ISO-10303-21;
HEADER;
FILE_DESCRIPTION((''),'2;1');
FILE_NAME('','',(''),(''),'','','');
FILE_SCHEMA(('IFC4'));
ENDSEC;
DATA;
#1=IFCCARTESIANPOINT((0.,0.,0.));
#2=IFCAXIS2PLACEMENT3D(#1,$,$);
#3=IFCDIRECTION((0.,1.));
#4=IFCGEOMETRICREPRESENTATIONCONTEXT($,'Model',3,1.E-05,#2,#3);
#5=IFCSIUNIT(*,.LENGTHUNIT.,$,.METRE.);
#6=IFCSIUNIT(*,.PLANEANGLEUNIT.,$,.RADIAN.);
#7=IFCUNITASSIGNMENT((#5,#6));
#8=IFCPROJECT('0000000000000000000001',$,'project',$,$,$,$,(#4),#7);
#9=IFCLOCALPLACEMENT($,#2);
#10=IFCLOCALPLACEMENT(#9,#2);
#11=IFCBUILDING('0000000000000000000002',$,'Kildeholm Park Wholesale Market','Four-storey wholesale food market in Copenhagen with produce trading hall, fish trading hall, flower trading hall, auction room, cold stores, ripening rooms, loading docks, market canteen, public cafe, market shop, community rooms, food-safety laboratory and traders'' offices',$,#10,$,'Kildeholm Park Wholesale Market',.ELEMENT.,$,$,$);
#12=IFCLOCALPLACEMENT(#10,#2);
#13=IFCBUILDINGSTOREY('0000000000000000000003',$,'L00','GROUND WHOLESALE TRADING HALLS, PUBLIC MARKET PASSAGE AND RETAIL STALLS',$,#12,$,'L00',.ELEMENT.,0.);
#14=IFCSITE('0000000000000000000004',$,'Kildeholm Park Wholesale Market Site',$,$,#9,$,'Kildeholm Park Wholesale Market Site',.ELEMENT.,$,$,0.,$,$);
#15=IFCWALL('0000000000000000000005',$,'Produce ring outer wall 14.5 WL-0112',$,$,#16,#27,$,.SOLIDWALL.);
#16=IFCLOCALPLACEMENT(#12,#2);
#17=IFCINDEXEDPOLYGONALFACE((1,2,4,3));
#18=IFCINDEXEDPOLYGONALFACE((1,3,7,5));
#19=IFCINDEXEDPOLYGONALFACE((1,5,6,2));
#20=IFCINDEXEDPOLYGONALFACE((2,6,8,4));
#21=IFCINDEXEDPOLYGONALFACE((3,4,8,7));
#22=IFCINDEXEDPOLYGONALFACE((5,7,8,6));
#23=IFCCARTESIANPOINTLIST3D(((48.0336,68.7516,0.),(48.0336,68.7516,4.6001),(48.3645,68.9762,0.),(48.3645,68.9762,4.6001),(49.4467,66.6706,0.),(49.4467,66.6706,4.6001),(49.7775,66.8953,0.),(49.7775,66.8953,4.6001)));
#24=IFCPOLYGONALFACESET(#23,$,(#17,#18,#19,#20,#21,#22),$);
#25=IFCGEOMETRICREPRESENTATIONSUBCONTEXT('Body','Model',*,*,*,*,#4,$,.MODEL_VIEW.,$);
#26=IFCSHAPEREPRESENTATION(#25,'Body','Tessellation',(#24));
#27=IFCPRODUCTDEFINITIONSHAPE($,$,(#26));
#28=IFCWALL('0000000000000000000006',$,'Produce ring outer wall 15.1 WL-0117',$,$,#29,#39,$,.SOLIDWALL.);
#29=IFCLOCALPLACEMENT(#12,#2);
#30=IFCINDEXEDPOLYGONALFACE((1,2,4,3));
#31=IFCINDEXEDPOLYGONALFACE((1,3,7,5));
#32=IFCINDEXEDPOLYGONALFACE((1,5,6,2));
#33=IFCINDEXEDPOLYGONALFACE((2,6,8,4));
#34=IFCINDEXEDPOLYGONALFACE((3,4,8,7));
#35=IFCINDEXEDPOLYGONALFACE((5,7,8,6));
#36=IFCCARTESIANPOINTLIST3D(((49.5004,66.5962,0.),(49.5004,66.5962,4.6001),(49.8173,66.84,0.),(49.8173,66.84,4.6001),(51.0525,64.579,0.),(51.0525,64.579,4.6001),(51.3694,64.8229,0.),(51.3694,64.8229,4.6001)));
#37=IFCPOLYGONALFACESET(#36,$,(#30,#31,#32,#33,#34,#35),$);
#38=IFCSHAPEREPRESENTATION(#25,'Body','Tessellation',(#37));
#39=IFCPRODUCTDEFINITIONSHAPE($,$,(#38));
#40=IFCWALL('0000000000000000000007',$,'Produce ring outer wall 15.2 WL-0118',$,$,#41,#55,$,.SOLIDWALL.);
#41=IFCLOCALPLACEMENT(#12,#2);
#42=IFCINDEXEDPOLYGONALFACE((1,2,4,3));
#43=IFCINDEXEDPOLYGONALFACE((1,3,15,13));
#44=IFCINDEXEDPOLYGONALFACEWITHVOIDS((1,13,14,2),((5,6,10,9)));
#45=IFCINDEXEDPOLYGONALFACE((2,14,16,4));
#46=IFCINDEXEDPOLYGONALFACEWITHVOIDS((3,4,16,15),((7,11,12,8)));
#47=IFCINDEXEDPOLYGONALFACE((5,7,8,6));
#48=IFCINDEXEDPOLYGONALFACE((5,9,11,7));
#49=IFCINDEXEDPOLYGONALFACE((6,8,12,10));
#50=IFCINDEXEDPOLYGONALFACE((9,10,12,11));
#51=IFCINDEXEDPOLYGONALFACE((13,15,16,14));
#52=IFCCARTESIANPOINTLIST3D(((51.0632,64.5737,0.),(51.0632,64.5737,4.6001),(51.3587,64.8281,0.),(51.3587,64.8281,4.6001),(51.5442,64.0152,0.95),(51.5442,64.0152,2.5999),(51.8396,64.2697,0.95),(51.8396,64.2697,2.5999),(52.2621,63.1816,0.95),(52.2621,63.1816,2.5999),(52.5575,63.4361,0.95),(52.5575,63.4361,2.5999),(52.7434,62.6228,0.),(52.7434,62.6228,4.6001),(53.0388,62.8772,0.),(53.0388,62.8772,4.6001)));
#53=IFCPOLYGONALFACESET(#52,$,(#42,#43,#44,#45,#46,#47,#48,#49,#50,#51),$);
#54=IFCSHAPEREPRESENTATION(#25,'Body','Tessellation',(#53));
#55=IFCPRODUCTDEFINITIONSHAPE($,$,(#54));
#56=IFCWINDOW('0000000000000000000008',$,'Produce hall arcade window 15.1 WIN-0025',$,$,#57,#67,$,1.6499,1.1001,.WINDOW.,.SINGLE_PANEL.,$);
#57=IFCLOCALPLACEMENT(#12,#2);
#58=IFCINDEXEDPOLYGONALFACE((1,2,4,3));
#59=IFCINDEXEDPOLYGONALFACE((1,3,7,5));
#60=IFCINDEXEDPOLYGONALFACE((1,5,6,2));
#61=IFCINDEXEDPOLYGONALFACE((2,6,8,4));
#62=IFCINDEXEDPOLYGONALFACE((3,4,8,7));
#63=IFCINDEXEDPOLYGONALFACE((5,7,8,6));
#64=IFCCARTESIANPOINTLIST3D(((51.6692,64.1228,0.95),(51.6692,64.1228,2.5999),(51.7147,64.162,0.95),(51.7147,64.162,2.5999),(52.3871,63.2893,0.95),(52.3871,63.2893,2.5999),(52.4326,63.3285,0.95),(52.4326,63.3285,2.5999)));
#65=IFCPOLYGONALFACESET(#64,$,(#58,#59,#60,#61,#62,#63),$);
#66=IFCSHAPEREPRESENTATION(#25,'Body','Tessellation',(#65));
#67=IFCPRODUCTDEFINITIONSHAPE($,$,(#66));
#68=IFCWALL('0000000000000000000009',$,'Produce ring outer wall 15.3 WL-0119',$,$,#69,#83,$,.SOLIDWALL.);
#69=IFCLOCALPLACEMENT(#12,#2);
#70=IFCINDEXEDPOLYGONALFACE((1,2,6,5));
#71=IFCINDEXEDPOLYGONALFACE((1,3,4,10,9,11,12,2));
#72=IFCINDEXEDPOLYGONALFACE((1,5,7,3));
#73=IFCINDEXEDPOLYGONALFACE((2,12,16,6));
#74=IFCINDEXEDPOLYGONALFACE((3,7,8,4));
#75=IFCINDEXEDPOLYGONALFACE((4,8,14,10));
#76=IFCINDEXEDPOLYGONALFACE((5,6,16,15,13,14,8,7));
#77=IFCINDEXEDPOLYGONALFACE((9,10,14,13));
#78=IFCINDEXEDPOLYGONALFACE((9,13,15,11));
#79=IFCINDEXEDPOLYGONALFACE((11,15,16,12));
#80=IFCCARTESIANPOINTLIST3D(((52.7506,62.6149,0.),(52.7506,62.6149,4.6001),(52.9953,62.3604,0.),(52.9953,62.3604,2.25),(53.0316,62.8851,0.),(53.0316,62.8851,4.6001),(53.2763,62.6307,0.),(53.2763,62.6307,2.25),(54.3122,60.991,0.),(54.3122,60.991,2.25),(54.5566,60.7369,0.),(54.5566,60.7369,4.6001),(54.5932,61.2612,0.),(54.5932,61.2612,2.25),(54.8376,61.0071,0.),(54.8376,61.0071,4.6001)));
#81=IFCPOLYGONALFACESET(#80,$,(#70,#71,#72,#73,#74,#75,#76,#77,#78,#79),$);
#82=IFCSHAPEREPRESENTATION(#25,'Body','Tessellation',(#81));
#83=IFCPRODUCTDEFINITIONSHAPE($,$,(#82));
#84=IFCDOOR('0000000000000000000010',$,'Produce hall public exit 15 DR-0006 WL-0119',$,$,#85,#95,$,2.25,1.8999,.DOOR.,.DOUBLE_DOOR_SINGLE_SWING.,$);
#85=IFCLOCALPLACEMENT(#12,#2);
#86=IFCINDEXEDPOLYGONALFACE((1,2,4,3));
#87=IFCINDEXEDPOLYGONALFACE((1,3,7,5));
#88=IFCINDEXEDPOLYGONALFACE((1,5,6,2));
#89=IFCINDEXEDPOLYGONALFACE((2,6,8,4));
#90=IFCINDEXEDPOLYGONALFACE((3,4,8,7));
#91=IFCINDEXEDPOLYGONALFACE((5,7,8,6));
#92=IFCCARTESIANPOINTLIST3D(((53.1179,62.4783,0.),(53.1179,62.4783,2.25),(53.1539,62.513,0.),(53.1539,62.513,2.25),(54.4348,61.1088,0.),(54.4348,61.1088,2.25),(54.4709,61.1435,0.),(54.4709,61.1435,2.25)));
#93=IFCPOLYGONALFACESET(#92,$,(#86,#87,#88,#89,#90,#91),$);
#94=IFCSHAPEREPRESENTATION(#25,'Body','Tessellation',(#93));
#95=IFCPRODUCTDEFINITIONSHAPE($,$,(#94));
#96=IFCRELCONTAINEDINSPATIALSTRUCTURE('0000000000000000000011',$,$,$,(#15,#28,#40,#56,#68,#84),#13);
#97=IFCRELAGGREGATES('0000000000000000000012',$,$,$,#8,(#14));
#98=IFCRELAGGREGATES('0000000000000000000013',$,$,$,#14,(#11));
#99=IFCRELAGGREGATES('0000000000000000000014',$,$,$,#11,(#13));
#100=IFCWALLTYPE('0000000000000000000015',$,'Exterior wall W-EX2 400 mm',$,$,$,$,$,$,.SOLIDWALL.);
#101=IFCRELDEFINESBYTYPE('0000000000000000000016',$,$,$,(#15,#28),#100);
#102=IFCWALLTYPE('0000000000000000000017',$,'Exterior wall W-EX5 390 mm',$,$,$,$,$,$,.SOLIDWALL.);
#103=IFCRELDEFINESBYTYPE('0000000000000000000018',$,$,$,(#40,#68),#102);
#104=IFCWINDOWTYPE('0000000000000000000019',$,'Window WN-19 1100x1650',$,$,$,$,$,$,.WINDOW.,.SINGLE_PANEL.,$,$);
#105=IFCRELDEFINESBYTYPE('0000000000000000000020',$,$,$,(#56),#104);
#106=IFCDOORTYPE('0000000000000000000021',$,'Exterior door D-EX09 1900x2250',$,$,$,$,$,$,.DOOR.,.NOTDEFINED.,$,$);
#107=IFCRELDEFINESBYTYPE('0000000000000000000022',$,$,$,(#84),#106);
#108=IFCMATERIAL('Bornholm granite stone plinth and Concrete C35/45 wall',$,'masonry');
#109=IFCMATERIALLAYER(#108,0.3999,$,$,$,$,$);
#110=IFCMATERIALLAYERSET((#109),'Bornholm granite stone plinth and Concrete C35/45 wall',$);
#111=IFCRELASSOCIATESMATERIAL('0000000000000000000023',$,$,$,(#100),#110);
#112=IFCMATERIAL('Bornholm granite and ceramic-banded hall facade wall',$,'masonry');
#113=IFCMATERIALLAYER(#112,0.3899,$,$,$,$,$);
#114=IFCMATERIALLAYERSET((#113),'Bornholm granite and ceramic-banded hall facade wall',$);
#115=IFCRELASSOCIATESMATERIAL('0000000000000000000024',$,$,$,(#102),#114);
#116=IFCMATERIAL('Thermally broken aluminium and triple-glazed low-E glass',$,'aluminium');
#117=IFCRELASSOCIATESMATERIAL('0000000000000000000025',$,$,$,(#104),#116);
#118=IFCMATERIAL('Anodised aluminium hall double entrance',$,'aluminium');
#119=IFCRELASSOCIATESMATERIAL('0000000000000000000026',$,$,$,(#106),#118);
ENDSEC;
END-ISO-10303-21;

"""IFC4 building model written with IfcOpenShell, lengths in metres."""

from ifc_helpers import new_model, si_unit, direction, frame, frame_2d, origin, place, context, subcontext, project, spatial, rectangle, extrude, material, layer, layer_set, type_object, element, fill, save


model = new_model("IFC4")

# Units and contexts
model_context = context("Model", 3, precision=1e-05, world=origin(), true_north=direction((0.0, 1.0)))
body_context = subcontext(model_context, "Body", "Model", "MODEL_VIEW")
ifc_project = project(units=[si_unit("LENGTHUNIT", "METRE"), si_unit("PLANEANGLEUNIT", "RADIAN")], contexts=[model_context])

# Site, building, storey
site_placement = place(None, origin())
site = spatial("IfcSite", under=ifc_project, at=site_placement, Name="Kildeholm Park Wholesale Market Site", LongName="Kildeholm Park Wholesale Market Site", CompositionType="ELEMENT", RefElevation=0.0)
building_placement = place(site_placement, origin())
building = spatial("IfcBuilding", under=site, at=building_placement, Name="Kildeholm Park Wholesale Market", Description="Four-storey wholesale food market in Copenhagen with produce trading hall, fish trading hall, flower trading hall, auction room, cold stores, ripening rooms, loading docks, market canteen, public cafe, market shop, community rooms, food-safety laboratory and traders' offices", LongName="Kildeholm Park Wholesale Market", CompositionType="ELEMENT")
storey_placement = place(building_placement, origin())
storey = spatial("IfcBuildingStorey", under=building, at=storey_placement, Name="L00", Description="GROUND WHOLESALE TRADING HALLS, PUBLIC MARKET PASSAGE AND RETAIL STALLS", LongName="L00", CompositionType="ELEMENT", Elevation=0.0)

# Shared definitions
ifc_material_1 = material(Name="Thermally broken aluminium and triple-glazed low-E glass", Category="aluminium")

# Walls
ifc_material_2 = material(Name="Bornholm granite stone plinth and Concrete C35/45 wall", Category="masonry")
ifc_layer_1 = layer(ifc_material_2, 0.3999)
ifc_layer_set_1 = layer_set([ifc_layer_1], Name="Bornholm granite stone plinth and Concrete C35/45 wall")
wall_type_1 = type_object("IfcWallType", Name="Exterior wall W-EX2 400 mm", PredefinedType="SOLIDWALL", material=ifc_layer_set_1)
wall_1_placement = place(storey_placement, frame((48.199, 68.864, 0.0), z_axis=(0.0, 0.0, 1.0), x_axis=(0.561758, -0.827302, 0.0)))
element("IfcWall", 1, at=wall_1_placement, inside=storey, type_object=wall_type_1, Name="Produce ring outer wall 14.5 WL-0112", PredefinedType="SOLIDWALL", context=body_context, shape_type="SweptSolid", body=[
    extrude(rectangle(XDim=2.5154, YDim=0.3999, at=frame_2d((1.2578, 0.0))), origin(), (0.0, 0.0, 1.0), 4.6001),
])
wall_2_placement = place(storey_placement, frame((49.6589, 66.718, 0.0), z_axis=(0.0, 0.0, 1.0), x_axis=(0.609808, -0.792549, 0.0)))
element("IfcWall", 2, at=wall_2_placement, inside=storey, type_object=wall_type_1, Name="Produce ring outer wall 15.1 WL-0117", PredefinedType="SOLIDWALL", context=body_context, shape_type="SweptSolid", body=[
    extrude(rectangle(XDim=2.5452, YDim=0.3999, at=frame_2d((1.2725, 0.0))), origin(), (0.0, 0.0, 1.0), 4.6001),
])

# Wall, opening, window
ifc_material_3 = material(Name="Bornholm granite and ceramic-banded hall facade wall", Category="masonry")
ifc_layer_2 = layer(ifc_material_3, 0.3899)
ifc_layer_set_2 = layer_set([ifc_layer_2], Name="Bornholm granite and ceramic-banded hall facade wall")
wall_type_2 = type_object("IfcWallType", Name="Exterior wall W-EX5 390 mm", PredefinedType="SOLIDWALL", material=ifc_layer_set_2)
wall_3_placement = place(storey_placement, frame((51.2109, 64.7009, 0.0), z_axis=(0.0, 0.0, 1.0), x_axis=(0.65257, -0.757728, 0.0)))
wall_3 = element("IfcWall", 3, at=wall_3_placement, inside=storey, type_object=wall_type_2, Name="Produce ring outer wall 15.2 WL-0118", PredefinedType="SOLIDWALL", context=body_context, shape_type="SweptSolid", body=[
    extrude(rectangle(XDim=2.5747, YDim=0.3899, at=frame_2d((1.2874, 0.0))), origin(), (0.0, 0.0, 1.0), 4.6001),
])
opening_1_placement = place(wall_3_placement, frame((0.7371, 0.0, 0.95)))
opening_1 = element("IfcOpeningElement", 4, at=opening_1_placement, cuts=wall_3, PredefinedType="OPENING", context=body_context, shape_type="SweptSolid", body=[
    extrude(rectangle(XDim=1.1001, YDim=1.6499, at=frame_2d((0.55, 0.825))), frame((0.0, 0.2048, 0.0), z_axis=(0.0, -1.0, 0.0), x_axis=(1.0, 0.0, 0.0)), (0.0, 0.0, 1.0), 0.4099),
])
window_type_1 = type_object("IfcWindowType", Name="Window WN-19 1100x1650", PartitioningType="SINGLE_PANEL", PredefinedType="WINDOW", material=ifc_material_1)
window_1_placement = place(opening_1_placement, origin())
window_1 = element("IfcWindow", 5, at=window_1_placement, inside=storey, type_object=window_type_1, Name="Produce hall arcade window 15.1 WIN-0025", OverallHeight=1.6499, OverallWidth=1.1001, PartitioningType="SINGLE_PANEL", PredefinedType="WINDOW", context=body_context, shape_type="SweptSolid", body=[
    extrude(rectangle(XDim=1.1001, YDim=1.6499, at=frame_2d((0.55, 0.825))), frame((0.0, 0.03, 0.0), z_axis=(0.0, -1.0, 0.0), x_axis=(1.0, 0.0, 0.0)), (0.0, 0.0, 1.0), 0.0601),
])
fill(opening_1, window_1)

# Wall, opening, door
wall_4_placement = place(storey_placement, frame((52.8911, 62.75, 0.0), z_axis=(0.0, 0.0, 1.0), x_axis=(0.69315, -0.720793, 0.0)))
wall_4 = element("IfcWall", 6, at=wall_4_placement, inside=storey, type_object=wall_type_2, Name="Produce ring outer wall 15.3 WL-0119", PredefinedType="SOLIDWALL", context=body_context, shape_type="SweptSolid", body=[
    extrude(rectangle(XDim=2.6055, YDim=0.3899, at=frame_2d((1.3027, 0.0))), origin(), (0.0, 0.0, 1.0), 4.6001),
])
opening_2_placement = place(wall_4_placement, frame((0.353, 0.0, 0.0)))
opening_2 = element("IfcOpeningElement", 7, at=opening_2_placement, cuts=wall_4, PredefinedType="OPENING", context=body_context, shape_type="SweptSolid", body=[
    extrude(rectangle(XDim=1.8999, YDim=2.25, at=frame_2d((0.95, 1.125))), frame((0.0, 0.2048, 0.0), z_axis=(0.0, -1.0, 0.0), x_axis=(1.0, 0.0, 0.0)), (0.0, 0.0, 1.0), 0.4099),
])
ifc_material_4 = material(Name="Anodised aluminium hall double entrance", Category="aluminium")
door_type_1 = type_object("IfcDoorType", Name="Exterior door D-EX09 1900x2250", OperationType="NOTDEFINED", PredefinedType="DOOR", material=ifc_material_4)
door_1_placement = place(opening_2_placement, frame((1.8999, 0.0, 0.0), z_axis=(0.0, 0.0, 1.0), x_axis=(-1.0, 0.0, 0.0)))
door_1 = element("IfcDoor", 8, at=door_1_placement, inside=storey, type_object=door_type_1, Name="Produce hall public exit 15 DR-0006 WL-0119", OperationType="DOUBLE_DOOR_SINGLE_SWING", OverallHeight=2.25, OverallWidth=1.8999, PredefinedType="DOOR", context=body_context, shape_type="SweptSolid", body=[
    extrude(rectangle(XDim=1.8999, YDim=2.25, at=frame_2d((0.95, 1.125))), frame((0.0, 0.0249, 0.0), z_axis=(0.0, -1.0, 0.0), x_axis=(1.0, 0.0, 0.0)), (0.0, 0.0, 1.0), 0.05),
])
fill(opening_2, door_1)

save(model, "model.ifc")
